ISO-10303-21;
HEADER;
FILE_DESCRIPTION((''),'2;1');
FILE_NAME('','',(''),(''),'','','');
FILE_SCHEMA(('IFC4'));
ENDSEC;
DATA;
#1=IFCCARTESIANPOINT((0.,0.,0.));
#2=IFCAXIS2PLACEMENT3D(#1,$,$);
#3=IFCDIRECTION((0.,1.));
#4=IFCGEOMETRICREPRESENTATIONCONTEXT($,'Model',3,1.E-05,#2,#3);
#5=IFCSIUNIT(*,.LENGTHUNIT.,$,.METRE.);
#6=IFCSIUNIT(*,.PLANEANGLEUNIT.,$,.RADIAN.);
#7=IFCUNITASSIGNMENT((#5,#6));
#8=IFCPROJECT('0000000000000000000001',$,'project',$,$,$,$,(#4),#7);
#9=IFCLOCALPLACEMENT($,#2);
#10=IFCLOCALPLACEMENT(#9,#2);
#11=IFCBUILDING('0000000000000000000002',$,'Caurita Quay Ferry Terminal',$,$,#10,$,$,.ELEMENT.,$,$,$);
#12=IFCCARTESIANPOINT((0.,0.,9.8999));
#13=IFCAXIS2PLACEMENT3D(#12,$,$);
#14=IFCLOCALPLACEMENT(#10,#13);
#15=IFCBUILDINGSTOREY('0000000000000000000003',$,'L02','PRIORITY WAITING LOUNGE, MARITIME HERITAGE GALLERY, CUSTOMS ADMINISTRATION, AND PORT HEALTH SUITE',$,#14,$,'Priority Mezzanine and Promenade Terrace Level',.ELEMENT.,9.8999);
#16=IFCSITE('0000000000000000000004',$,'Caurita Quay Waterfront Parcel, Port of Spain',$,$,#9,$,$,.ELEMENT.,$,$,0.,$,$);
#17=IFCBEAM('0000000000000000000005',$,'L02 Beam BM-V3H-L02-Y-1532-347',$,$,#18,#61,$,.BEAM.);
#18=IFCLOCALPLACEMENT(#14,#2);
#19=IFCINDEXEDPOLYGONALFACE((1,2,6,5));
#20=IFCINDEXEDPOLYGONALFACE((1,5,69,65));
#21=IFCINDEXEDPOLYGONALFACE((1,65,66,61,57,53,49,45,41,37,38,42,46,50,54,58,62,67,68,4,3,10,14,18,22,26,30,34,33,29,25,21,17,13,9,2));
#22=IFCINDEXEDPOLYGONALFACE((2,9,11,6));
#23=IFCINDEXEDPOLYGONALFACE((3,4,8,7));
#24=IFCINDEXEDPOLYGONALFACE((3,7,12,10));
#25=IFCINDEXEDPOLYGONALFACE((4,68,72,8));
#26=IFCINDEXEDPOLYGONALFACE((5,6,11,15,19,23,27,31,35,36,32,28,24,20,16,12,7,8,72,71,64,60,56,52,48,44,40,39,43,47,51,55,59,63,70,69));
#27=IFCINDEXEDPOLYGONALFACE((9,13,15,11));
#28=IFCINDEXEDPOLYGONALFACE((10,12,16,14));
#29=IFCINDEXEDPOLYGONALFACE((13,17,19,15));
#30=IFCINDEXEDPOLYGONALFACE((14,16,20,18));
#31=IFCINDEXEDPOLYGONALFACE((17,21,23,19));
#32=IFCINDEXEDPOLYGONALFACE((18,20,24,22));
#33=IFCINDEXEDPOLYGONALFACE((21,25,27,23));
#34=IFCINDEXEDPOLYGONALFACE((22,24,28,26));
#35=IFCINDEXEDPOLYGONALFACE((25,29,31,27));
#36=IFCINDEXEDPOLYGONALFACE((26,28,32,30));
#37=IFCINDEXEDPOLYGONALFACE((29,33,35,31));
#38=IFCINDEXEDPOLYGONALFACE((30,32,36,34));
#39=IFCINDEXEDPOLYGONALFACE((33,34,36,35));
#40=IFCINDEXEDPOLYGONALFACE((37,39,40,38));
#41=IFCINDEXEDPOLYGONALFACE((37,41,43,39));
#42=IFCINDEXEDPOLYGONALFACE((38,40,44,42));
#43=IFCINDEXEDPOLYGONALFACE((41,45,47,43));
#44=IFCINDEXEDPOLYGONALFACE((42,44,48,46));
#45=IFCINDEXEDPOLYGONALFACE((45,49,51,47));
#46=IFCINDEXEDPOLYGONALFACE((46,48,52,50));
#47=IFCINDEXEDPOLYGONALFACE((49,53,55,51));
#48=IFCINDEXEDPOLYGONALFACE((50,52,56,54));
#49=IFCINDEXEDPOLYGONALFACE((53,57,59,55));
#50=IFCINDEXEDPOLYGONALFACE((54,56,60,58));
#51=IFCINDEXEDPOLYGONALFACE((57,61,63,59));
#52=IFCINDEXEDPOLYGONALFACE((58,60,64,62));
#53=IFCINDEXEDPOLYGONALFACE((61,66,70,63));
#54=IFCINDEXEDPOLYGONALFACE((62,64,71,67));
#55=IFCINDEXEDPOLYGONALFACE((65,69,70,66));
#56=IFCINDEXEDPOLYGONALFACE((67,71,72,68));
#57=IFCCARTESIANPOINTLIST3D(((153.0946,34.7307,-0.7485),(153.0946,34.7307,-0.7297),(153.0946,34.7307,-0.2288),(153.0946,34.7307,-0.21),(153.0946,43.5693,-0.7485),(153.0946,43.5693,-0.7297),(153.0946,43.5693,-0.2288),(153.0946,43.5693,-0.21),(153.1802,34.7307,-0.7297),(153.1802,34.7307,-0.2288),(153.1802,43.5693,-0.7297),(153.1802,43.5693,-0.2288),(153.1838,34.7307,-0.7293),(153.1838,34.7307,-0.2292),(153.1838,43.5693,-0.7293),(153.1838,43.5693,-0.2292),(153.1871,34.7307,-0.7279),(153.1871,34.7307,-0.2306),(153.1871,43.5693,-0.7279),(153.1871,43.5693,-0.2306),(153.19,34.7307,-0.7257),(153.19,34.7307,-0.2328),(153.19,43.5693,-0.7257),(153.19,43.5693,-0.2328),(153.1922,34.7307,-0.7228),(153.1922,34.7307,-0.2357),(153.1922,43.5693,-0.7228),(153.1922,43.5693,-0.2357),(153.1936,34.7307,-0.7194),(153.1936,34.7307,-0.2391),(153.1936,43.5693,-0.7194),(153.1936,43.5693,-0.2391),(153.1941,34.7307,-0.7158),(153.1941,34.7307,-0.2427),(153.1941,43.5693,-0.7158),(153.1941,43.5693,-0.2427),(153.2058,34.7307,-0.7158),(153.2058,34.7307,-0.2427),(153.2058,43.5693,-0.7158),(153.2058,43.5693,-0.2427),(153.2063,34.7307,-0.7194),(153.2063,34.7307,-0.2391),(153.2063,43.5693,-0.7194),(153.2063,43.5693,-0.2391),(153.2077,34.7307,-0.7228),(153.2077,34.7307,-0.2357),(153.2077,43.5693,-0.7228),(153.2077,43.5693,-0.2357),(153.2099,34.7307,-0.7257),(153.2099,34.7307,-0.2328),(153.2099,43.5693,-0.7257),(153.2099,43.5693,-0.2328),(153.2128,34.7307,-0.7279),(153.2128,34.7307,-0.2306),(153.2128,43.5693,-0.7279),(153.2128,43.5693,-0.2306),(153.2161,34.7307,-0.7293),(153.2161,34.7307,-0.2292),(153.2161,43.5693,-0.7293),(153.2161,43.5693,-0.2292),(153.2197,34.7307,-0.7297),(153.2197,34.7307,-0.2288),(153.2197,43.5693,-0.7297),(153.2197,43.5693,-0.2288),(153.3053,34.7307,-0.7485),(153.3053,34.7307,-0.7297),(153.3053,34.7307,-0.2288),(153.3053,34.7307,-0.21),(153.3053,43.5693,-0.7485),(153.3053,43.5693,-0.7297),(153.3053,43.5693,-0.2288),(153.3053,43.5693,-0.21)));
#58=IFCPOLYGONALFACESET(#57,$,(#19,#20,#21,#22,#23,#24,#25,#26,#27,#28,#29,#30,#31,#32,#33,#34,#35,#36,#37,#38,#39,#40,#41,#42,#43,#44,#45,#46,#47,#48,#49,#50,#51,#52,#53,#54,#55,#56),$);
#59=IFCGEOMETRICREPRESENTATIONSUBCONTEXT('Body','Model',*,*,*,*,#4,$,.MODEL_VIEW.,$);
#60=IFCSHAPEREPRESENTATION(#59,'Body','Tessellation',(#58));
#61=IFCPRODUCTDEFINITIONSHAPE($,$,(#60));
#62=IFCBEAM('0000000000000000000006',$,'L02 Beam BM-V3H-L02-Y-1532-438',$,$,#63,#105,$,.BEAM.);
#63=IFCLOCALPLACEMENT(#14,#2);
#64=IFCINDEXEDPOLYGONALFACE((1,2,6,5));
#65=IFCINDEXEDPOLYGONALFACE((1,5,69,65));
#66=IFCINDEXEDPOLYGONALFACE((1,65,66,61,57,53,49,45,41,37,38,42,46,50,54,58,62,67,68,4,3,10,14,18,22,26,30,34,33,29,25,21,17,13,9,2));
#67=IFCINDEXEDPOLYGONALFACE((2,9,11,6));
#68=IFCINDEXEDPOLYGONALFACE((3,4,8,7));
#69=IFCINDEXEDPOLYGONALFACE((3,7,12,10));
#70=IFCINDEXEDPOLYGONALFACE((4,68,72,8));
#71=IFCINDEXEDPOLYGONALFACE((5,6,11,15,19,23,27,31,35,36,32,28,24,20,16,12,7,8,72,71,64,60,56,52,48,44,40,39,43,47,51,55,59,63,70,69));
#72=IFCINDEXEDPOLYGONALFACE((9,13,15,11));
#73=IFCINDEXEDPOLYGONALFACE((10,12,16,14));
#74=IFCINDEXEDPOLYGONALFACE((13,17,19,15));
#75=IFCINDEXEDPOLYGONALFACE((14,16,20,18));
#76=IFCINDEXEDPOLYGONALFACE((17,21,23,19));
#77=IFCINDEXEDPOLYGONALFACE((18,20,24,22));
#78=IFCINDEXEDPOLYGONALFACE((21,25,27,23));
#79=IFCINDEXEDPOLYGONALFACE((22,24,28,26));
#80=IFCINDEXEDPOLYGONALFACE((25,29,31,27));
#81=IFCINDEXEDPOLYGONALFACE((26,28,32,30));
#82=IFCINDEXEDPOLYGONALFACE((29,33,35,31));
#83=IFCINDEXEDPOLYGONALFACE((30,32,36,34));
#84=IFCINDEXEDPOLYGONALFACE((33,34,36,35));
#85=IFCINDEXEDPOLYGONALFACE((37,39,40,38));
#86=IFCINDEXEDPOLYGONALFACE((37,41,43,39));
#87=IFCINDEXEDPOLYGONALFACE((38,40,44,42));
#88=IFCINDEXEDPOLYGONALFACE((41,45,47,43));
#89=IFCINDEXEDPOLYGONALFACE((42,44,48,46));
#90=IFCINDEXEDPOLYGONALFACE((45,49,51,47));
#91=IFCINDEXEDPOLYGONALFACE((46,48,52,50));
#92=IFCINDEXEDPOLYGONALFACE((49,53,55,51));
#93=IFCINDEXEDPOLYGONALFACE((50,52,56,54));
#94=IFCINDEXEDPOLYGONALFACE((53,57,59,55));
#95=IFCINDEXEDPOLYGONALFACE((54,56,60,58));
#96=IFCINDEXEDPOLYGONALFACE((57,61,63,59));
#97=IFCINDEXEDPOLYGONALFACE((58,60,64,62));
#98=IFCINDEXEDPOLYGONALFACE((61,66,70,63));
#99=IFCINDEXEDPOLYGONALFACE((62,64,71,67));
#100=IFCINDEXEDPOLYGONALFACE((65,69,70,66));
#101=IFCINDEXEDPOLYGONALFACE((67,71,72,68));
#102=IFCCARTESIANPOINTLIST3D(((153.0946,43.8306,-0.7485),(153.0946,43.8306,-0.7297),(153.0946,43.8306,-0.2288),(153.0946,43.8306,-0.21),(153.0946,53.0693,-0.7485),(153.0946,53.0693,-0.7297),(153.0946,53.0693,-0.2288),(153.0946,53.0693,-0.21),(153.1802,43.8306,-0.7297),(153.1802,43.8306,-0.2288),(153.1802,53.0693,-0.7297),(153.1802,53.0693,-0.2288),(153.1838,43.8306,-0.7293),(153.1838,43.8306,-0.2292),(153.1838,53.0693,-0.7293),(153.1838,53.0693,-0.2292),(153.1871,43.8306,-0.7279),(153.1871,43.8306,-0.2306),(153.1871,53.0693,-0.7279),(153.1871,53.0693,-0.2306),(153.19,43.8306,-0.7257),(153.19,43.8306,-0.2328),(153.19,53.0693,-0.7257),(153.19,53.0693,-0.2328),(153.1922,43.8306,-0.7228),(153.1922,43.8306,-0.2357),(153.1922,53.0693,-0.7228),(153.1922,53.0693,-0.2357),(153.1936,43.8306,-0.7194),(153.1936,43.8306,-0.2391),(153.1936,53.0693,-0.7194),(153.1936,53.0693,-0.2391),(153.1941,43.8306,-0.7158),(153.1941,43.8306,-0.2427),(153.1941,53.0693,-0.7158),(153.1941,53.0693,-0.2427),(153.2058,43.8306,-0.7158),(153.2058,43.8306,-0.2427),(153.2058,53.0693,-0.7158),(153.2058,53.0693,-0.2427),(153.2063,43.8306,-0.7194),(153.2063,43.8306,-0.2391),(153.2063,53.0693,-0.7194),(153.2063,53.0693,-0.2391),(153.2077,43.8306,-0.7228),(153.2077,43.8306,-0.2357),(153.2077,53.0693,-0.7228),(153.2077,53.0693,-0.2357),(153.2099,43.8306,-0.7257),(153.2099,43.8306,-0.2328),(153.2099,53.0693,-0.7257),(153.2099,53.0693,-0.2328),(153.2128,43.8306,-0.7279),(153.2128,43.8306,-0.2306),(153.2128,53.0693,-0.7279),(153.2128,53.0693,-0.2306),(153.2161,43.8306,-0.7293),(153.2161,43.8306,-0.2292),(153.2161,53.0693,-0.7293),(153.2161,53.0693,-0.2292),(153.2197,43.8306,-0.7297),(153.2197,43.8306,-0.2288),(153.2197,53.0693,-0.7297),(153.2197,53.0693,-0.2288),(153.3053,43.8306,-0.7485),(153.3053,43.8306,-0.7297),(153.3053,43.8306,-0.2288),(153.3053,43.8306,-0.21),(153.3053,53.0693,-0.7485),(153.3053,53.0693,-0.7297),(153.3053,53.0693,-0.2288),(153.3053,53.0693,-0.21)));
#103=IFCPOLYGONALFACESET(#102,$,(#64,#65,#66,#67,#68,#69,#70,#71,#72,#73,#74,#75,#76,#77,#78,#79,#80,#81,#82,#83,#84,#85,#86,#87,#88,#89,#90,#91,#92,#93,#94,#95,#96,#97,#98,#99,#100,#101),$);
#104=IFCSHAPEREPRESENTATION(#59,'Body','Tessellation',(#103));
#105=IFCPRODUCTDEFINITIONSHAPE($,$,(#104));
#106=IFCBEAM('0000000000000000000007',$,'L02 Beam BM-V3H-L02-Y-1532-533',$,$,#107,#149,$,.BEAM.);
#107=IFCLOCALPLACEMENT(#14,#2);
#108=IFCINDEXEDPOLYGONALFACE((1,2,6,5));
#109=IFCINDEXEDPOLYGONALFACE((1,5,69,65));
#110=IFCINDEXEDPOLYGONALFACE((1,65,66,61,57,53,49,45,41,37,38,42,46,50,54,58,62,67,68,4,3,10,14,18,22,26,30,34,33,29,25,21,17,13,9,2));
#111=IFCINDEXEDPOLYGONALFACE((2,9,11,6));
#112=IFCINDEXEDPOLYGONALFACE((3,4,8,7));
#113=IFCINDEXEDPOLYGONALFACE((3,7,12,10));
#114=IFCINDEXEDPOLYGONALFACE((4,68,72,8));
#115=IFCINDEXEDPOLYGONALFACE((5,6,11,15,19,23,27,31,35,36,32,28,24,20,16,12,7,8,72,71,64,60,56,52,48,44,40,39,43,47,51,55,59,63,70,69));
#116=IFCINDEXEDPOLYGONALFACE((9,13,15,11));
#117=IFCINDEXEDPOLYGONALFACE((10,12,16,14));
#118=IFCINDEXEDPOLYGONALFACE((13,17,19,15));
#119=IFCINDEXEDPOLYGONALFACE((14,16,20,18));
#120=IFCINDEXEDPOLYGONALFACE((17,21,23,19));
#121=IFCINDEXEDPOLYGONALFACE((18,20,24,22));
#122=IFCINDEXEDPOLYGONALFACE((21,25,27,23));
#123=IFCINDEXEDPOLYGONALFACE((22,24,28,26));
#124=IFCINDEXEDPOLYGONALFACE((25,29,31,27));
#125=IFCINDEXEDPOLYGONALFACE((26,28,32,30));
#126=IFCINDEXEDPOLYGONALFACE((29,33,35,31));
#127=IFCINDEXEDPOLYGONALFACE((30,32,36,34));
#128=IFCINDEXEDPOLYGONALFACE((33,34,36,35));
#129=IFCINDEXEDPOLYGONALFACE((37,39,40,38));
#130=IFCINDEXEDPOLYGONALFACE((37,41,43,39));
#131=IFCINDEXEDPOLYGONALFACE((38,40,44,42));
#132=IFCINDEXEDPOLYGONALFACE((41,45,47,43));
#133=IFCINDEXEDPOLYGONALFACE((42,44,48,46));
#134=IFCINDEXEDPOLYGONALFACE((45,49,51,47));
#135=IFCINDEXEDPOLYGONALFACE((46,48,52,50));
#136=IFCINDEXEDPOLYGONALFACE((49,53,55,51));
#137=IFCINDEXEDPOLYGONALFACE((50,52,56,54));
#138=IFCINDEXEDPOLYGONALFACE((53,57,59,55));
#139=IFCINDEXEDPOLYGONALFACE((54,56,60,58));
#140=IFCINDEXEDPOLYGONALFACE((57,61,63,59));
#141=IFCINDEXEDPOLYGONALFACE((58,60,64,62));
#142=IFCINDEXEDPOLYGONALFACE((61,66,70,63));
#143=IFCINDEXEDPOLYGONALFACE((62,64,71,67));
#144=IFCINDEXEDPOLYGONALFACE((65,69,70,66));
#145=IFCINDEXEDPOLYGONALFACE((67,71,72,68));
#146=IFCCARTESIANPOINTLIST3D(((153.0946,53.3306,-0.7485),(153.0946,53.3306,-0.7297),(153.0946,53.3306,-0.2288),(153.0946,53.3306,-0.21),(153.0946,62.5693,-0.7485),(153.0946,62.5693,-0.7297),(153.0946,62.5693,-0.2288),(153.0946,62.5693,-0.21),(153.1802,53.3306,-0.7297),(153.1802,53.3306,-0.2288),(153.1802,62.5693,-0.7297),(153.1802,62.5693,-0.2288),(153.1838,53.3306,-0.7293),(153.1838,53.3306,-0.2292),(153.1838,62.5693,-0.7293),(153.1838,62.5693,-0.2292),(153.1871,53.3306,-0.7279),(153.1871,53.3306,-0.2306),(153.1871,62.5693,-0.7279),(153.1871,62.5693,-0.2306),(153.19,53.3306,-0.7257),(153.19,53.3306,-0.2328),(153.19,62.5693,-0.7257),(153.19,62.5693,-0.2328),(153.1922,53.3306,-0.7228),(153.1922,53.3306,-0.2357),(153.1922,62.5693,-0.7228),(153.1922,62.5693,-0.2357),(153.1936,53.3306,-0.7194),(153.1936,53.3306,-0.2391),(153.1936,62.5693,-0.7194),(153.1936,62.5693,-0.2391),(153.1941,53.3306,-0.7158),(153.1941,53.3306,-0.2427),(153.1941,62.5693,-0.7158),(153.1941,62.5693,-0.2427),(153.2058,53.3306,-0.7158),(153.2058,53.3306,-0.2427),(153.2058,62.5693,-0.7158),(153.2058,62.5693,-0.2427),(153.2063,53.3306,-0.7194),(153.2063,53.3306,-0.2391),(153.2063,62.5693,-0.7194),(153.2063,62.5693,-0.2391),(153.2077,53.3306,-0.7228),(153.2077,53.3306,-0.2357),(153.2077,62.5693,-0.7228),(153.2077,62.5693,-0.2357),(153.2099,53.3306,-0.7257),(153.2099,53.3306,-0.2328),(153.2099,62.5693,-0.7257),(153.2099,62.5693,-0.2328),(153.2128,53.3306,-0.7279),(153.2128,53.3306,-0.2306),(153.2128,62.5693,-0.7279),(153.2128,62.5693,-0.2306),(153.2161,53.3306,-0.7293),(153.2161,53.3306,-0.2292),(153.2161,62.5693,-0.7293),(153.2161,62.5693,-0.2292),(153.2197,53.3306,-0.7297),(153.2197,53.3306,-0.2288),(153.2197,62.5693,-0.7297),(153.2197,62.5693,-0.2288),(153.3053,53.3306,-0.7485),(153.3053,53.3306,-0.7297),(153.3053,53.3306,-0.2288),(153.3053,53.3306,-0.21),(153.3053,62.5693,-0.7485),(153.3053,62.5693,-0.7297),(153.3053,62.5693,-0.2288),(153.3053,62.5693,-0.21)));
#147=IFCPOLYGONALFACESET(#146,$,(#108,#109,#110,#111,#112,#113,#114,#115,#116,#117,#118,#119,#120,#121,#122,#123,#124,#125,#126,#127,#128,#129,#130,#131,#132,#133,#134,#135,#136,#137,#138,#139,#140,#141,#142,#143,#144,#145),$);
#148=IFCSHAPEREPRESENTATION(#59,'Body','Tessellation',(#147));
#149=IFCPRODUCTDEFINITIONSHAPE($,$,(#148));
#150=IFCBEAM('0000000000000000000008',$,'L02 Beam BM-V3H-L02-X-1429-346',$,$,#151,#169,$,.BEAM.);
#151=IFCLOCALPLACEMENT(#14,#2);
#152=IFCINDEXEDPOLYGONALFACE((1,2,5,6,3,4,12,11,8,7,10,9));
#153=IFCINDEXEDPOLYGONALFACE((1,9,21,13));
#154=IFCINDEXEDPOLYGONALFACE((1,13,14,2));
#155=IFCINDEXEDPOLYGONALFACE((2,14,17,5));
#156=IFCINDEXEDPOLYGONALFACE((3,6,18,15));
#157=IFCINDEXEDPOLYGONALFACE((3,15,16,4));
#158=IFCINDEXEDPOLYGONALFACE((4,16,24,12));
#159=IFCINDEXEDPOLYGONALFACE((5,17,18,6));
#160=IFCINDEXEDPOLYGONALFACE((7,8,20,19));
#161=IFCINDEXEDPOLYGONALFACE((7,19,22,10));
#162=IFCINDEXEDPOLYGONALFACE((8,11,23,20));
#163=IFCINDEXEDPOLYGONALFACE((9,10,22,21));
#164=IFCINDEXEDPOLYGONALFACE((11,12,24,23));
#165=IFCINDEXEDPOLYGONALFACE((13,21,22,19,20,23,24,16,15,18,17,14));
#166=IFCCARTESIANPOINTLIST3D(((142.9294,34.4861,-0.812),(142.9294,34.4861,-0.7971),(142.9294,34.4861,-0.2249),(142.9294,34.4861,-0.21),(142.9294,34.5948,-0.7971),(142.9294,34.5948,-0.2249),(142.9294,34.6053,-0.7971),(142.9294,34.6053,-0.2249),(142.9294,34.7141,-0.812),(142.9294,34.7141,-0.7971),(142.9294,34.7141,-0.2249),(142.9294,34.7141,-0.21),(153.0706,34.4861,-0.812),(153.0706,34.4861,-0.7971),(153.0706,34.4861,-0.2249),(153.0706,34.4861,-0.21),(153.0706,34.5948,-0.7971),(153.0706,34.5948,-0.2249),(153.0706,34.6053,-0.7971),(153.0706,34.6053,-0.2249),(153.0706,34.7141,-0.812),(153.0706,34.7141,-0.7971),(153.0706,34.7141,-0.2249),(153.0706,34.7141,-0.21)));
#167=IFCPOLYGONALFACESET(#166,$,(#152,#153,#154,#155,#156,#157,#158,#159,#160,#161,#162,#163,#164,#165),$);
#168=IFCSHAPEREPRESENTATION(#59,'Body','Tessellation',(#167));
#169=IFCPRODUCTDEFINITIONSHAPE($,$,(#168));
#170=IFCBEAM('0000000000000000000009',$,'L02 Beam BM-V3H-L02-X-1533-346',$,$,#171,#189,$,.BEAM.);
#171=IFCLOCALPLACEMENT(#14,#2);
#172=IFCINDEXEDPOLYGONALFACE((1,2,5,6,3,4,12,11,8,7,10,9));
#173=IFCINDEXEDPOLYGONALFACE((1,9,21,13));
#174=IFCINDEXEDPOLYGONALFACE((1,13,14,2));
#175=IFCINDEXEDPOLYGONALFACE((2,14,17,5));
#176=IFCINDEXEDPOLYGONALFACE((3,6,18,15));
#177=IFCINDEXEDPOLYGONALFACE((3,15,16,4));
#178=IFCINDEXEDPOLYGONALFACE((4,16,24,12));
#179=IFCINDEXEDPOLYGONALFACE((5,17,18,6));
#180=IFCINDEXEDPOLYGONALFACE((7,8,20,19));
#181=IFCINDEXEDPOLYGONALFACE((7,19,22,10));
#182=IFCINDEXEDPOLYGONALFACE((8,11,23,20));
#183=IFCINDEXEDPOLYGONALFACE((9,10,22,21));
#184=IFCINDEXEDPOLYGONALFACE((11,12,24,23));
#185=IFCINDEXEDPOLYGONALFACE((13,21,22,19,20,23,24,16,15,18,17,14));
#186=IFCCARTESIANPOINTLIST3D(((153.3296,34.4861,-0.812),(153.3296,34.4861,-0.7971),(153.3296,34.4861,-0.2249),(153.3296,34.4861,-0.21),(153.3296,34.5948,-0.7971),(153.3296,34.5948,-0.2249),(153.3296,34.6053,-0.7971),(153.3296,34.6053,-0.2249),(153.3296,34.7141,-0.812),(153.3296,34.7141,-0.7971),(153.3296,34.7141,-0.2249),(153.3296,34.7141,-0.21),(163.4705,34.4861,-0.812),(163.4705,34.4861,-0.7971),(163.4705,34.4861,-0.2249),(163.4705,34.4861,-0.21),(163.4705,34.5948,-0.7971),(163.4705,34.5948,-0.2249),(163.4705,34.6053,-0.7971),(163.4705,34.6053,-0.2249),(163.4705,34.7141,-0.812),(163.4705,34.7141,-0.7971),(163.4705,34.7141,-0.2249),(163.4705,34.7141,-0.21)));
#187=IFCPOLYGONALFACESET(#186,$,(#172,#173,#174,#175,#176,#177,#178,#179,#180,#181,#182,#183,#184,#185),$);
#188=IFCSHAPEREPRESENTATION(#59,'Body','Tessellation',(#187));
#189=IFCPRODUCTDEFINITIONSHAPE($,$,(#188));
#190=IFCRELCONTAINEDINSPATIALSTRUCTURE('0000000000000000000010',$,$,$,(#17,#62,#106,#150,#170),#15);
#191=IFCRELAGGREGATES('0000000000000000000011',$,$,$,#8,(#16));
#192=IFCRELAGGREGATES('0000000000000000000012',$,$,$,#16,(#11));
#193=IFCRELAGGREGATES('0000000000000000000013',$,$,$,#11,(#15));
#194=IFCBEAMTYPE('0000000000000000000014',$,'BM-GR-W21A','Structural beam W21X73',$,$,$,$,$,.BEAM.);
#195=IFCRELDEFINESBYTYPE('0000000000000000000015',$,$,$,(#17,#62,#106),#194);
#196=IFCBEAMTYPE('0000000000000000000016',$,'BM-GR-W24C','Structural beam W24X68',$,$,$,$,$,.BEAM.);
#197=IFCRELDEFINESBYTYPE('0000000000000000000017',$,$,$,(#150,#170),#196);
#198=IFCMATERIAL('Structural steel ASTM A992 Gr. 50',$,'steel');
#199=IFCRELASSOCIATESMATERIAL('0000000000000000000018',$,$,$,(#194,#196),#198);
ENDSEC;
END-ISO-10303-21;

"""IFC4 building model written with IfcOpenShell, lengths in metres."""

from ifc_helpers import new_model, si_unit, direction, frame, origin, origin_2d, place, context, subcontext, project, spatial, i_section, extrude, material, material_profile, profile_set, type_object, element, save


model = new_model("IFC4")

# Units and contexts
model_context = context("Model", 3, precision=1e-05, world=origin(), true_north=direction((0.0, 1.0)))
body_context = subcontext(model_context, "Body", "Model", "MODEL_VIEW")
ifc_project = project(units=[si_unit("LENGTHUNIT", "METRE"), si_unit("PLANEANGLEUNIT", "RADIAN")], contexts=[model_context])

# Site, building, storey
site_placement = place(None, origin())
site = spatial("IfcSite", under=ifc_project, at=site_placement, Name="Caurita Quay Waterfront Parcel, Port of Spain", CompositionType="ELEMENT", RefElevation=0.0)
building_placement = place(site_placement, origin())
building = spatial("IfcBuilding", under=site, at=building_placement, Name="Caurita Quay Ferry Terminal", CompositionType="ELEMENT")
storey_placement = place(building_placement, frame((0.0, 0.0, 9.8999)))
storey = spatial("IfcBuildingStorey", under=building, at=storey_placement, Name="L02", Description="PRIORITY WAITING LOUNGE, MARITIME HERITAGE GALLERY, CUSTOMS ADMINISTRATION, AND PORT HEALTH SUITE", LongName="Priority Mezzanine and Promenade Terrace Level", CompositionType="ELEMENT", Elevation=9.8999)

# Beams
ifc_material_1 = material(Name="Structural steel ASTM A992 Gr. 50", Category="steel")
ifc_material_profile_1 = material_profile(ifc_material_1, i_section(OverallWidth=0.2107, OverallDepth=0.5386, WebThickness=0.0117, FlangeThickness=0.0188, FilletRadius=0.0139, at=origin_2d()), Name="W21X73")
ifc_profile_set_1 = profile_set([ifc_material_profile_1], Name="Structural steel ASTM A992 Gr. 50")
beam_type_1 = type_object("IfcBeamType", Name="BM-GR-W21A", Description="Structural beam W21X73", PredefinedType="BEAM", material=ifc_profile_set_1)
beam_1_placement = place(storey_placement, frame((153.2, 34.7307, -0.4792), z_axis=(0.0, 1.0, 0.0), x_axis=(-1.0, 0.0, 0.0)))
element("IfcBeam", 1, at=beam_1_placement, inside=storey, type_object=beam_type_1, Name="L02 Beam BM-V3H-L02-Y-1532-347", PredefinedType="BEAM", context=body_context, shape_type="SweptSolid", body=[
    extrude(i_section(OverallWidth=0.2107, OverallDepth=0.5386, WebThickness=0.0117, FlangeThickness=0.0188, FilletRadius=0.0139, at=origin_2d()), origin(), (0.0, 0.0, 1.0), 8.8386),
])
for number, where, z_axis, x_axis, name in (
    (2, (153.2, 43.8306, -0.4792), (0.0, 1.0, 0.0), (-1.0, 0.0, 0.0), "L02 Beam BM-V3H-L02-Y-1532-438"),
    (3, (153.2, 53.3306, -0.4792), (0.0, 1.0, 0.0), (-1.0, 0.0, 0.0), "L02 Beam BM-V3H-L02-Y-1532-533"),
):
    element("IfcBeam", number, at=place(storey_placement, frame(where, z_axis=z_axis, x_axis=x_axis)), inside=storey, type_object=beam_type_1, Name=name, PredefinedType="BEAM", context=body_context, shape_type="SweptSolid", body=[
        extrude(i_section(OverallWidth=0.2107, OverallDepth=0.5386, WebThickness=0.0117, FlangeThickness=0.0188, FilletRadius=0.0139, at=origin_2d()), origin(), (0.0, 0.0, 1.0), 9.2388),
    ])
ifc_material_profile_2 = material_profile(ifc_material_1, i_section(OverallWidth=0.228, OverallDepth=0.6021, WebThickness=0.0105, FlangeThickness=0.0149, at=origin_2d()), Name="W24X68")
ifc_profile_set_2 = profile_set([ifc_material_profile_2], Name="Structural steel ASTM A992 Gr. 50")
beam_type_2 = type_object("IfcBeamType", Name="BM-GR-W24C", Description="Structural beam W24X68", PredefinedType="BEAM", material=ifc_profile_set_2)
beam_2_placement = place(storey_placement, frame((142.9294, 34.6001, -0.511), z_axis=(1.0, 0.0, 0.0), x_axis=(0.0, 1.0, 0.0)))
element("IfcBeam", 4, at=beam_2_placement, inside=storey, type_object=beam_type_2, Name="L02 Beam BM-V3H-L02-X-1429-346", PredefinedType="BEAM", context=body_context, shape_type="SweptSolid", body=[
    extrude(i_section(OverallWidth=0.228, OverallDepth=0.6021, WebThickness=0.0105, FlangeThickness=0.0149, at=origin_2d()), origin(), (0.0, 0.0, 1.0), 10.1411),
])
beam_3_placement = place(storey_placement, frame((153.3296, 34.6001, -0.511), z_axis=(1.0, 0.0, 0.0), x_axis=(0.0, 1.0, 0.0)))
element("IfcBeam", 5, at=beam_3_placement, inside=storey, type_object=beam_type_2, Name="L02 Beam BM-V3H-L02-X-1533-346", PredefinedType="BEAM", context=body_context, shape_type="SweptSolid", body=[
    extrude(i_section(OverallWidth=0.228, OverallDepth=0.6021, WebThickness=0.0105, FlangeThickness=0.0149, at=origin_2d()), origin(), (0.0, 0.0, 1.0), 10.1409),
])

save(model, "model.ifc")
